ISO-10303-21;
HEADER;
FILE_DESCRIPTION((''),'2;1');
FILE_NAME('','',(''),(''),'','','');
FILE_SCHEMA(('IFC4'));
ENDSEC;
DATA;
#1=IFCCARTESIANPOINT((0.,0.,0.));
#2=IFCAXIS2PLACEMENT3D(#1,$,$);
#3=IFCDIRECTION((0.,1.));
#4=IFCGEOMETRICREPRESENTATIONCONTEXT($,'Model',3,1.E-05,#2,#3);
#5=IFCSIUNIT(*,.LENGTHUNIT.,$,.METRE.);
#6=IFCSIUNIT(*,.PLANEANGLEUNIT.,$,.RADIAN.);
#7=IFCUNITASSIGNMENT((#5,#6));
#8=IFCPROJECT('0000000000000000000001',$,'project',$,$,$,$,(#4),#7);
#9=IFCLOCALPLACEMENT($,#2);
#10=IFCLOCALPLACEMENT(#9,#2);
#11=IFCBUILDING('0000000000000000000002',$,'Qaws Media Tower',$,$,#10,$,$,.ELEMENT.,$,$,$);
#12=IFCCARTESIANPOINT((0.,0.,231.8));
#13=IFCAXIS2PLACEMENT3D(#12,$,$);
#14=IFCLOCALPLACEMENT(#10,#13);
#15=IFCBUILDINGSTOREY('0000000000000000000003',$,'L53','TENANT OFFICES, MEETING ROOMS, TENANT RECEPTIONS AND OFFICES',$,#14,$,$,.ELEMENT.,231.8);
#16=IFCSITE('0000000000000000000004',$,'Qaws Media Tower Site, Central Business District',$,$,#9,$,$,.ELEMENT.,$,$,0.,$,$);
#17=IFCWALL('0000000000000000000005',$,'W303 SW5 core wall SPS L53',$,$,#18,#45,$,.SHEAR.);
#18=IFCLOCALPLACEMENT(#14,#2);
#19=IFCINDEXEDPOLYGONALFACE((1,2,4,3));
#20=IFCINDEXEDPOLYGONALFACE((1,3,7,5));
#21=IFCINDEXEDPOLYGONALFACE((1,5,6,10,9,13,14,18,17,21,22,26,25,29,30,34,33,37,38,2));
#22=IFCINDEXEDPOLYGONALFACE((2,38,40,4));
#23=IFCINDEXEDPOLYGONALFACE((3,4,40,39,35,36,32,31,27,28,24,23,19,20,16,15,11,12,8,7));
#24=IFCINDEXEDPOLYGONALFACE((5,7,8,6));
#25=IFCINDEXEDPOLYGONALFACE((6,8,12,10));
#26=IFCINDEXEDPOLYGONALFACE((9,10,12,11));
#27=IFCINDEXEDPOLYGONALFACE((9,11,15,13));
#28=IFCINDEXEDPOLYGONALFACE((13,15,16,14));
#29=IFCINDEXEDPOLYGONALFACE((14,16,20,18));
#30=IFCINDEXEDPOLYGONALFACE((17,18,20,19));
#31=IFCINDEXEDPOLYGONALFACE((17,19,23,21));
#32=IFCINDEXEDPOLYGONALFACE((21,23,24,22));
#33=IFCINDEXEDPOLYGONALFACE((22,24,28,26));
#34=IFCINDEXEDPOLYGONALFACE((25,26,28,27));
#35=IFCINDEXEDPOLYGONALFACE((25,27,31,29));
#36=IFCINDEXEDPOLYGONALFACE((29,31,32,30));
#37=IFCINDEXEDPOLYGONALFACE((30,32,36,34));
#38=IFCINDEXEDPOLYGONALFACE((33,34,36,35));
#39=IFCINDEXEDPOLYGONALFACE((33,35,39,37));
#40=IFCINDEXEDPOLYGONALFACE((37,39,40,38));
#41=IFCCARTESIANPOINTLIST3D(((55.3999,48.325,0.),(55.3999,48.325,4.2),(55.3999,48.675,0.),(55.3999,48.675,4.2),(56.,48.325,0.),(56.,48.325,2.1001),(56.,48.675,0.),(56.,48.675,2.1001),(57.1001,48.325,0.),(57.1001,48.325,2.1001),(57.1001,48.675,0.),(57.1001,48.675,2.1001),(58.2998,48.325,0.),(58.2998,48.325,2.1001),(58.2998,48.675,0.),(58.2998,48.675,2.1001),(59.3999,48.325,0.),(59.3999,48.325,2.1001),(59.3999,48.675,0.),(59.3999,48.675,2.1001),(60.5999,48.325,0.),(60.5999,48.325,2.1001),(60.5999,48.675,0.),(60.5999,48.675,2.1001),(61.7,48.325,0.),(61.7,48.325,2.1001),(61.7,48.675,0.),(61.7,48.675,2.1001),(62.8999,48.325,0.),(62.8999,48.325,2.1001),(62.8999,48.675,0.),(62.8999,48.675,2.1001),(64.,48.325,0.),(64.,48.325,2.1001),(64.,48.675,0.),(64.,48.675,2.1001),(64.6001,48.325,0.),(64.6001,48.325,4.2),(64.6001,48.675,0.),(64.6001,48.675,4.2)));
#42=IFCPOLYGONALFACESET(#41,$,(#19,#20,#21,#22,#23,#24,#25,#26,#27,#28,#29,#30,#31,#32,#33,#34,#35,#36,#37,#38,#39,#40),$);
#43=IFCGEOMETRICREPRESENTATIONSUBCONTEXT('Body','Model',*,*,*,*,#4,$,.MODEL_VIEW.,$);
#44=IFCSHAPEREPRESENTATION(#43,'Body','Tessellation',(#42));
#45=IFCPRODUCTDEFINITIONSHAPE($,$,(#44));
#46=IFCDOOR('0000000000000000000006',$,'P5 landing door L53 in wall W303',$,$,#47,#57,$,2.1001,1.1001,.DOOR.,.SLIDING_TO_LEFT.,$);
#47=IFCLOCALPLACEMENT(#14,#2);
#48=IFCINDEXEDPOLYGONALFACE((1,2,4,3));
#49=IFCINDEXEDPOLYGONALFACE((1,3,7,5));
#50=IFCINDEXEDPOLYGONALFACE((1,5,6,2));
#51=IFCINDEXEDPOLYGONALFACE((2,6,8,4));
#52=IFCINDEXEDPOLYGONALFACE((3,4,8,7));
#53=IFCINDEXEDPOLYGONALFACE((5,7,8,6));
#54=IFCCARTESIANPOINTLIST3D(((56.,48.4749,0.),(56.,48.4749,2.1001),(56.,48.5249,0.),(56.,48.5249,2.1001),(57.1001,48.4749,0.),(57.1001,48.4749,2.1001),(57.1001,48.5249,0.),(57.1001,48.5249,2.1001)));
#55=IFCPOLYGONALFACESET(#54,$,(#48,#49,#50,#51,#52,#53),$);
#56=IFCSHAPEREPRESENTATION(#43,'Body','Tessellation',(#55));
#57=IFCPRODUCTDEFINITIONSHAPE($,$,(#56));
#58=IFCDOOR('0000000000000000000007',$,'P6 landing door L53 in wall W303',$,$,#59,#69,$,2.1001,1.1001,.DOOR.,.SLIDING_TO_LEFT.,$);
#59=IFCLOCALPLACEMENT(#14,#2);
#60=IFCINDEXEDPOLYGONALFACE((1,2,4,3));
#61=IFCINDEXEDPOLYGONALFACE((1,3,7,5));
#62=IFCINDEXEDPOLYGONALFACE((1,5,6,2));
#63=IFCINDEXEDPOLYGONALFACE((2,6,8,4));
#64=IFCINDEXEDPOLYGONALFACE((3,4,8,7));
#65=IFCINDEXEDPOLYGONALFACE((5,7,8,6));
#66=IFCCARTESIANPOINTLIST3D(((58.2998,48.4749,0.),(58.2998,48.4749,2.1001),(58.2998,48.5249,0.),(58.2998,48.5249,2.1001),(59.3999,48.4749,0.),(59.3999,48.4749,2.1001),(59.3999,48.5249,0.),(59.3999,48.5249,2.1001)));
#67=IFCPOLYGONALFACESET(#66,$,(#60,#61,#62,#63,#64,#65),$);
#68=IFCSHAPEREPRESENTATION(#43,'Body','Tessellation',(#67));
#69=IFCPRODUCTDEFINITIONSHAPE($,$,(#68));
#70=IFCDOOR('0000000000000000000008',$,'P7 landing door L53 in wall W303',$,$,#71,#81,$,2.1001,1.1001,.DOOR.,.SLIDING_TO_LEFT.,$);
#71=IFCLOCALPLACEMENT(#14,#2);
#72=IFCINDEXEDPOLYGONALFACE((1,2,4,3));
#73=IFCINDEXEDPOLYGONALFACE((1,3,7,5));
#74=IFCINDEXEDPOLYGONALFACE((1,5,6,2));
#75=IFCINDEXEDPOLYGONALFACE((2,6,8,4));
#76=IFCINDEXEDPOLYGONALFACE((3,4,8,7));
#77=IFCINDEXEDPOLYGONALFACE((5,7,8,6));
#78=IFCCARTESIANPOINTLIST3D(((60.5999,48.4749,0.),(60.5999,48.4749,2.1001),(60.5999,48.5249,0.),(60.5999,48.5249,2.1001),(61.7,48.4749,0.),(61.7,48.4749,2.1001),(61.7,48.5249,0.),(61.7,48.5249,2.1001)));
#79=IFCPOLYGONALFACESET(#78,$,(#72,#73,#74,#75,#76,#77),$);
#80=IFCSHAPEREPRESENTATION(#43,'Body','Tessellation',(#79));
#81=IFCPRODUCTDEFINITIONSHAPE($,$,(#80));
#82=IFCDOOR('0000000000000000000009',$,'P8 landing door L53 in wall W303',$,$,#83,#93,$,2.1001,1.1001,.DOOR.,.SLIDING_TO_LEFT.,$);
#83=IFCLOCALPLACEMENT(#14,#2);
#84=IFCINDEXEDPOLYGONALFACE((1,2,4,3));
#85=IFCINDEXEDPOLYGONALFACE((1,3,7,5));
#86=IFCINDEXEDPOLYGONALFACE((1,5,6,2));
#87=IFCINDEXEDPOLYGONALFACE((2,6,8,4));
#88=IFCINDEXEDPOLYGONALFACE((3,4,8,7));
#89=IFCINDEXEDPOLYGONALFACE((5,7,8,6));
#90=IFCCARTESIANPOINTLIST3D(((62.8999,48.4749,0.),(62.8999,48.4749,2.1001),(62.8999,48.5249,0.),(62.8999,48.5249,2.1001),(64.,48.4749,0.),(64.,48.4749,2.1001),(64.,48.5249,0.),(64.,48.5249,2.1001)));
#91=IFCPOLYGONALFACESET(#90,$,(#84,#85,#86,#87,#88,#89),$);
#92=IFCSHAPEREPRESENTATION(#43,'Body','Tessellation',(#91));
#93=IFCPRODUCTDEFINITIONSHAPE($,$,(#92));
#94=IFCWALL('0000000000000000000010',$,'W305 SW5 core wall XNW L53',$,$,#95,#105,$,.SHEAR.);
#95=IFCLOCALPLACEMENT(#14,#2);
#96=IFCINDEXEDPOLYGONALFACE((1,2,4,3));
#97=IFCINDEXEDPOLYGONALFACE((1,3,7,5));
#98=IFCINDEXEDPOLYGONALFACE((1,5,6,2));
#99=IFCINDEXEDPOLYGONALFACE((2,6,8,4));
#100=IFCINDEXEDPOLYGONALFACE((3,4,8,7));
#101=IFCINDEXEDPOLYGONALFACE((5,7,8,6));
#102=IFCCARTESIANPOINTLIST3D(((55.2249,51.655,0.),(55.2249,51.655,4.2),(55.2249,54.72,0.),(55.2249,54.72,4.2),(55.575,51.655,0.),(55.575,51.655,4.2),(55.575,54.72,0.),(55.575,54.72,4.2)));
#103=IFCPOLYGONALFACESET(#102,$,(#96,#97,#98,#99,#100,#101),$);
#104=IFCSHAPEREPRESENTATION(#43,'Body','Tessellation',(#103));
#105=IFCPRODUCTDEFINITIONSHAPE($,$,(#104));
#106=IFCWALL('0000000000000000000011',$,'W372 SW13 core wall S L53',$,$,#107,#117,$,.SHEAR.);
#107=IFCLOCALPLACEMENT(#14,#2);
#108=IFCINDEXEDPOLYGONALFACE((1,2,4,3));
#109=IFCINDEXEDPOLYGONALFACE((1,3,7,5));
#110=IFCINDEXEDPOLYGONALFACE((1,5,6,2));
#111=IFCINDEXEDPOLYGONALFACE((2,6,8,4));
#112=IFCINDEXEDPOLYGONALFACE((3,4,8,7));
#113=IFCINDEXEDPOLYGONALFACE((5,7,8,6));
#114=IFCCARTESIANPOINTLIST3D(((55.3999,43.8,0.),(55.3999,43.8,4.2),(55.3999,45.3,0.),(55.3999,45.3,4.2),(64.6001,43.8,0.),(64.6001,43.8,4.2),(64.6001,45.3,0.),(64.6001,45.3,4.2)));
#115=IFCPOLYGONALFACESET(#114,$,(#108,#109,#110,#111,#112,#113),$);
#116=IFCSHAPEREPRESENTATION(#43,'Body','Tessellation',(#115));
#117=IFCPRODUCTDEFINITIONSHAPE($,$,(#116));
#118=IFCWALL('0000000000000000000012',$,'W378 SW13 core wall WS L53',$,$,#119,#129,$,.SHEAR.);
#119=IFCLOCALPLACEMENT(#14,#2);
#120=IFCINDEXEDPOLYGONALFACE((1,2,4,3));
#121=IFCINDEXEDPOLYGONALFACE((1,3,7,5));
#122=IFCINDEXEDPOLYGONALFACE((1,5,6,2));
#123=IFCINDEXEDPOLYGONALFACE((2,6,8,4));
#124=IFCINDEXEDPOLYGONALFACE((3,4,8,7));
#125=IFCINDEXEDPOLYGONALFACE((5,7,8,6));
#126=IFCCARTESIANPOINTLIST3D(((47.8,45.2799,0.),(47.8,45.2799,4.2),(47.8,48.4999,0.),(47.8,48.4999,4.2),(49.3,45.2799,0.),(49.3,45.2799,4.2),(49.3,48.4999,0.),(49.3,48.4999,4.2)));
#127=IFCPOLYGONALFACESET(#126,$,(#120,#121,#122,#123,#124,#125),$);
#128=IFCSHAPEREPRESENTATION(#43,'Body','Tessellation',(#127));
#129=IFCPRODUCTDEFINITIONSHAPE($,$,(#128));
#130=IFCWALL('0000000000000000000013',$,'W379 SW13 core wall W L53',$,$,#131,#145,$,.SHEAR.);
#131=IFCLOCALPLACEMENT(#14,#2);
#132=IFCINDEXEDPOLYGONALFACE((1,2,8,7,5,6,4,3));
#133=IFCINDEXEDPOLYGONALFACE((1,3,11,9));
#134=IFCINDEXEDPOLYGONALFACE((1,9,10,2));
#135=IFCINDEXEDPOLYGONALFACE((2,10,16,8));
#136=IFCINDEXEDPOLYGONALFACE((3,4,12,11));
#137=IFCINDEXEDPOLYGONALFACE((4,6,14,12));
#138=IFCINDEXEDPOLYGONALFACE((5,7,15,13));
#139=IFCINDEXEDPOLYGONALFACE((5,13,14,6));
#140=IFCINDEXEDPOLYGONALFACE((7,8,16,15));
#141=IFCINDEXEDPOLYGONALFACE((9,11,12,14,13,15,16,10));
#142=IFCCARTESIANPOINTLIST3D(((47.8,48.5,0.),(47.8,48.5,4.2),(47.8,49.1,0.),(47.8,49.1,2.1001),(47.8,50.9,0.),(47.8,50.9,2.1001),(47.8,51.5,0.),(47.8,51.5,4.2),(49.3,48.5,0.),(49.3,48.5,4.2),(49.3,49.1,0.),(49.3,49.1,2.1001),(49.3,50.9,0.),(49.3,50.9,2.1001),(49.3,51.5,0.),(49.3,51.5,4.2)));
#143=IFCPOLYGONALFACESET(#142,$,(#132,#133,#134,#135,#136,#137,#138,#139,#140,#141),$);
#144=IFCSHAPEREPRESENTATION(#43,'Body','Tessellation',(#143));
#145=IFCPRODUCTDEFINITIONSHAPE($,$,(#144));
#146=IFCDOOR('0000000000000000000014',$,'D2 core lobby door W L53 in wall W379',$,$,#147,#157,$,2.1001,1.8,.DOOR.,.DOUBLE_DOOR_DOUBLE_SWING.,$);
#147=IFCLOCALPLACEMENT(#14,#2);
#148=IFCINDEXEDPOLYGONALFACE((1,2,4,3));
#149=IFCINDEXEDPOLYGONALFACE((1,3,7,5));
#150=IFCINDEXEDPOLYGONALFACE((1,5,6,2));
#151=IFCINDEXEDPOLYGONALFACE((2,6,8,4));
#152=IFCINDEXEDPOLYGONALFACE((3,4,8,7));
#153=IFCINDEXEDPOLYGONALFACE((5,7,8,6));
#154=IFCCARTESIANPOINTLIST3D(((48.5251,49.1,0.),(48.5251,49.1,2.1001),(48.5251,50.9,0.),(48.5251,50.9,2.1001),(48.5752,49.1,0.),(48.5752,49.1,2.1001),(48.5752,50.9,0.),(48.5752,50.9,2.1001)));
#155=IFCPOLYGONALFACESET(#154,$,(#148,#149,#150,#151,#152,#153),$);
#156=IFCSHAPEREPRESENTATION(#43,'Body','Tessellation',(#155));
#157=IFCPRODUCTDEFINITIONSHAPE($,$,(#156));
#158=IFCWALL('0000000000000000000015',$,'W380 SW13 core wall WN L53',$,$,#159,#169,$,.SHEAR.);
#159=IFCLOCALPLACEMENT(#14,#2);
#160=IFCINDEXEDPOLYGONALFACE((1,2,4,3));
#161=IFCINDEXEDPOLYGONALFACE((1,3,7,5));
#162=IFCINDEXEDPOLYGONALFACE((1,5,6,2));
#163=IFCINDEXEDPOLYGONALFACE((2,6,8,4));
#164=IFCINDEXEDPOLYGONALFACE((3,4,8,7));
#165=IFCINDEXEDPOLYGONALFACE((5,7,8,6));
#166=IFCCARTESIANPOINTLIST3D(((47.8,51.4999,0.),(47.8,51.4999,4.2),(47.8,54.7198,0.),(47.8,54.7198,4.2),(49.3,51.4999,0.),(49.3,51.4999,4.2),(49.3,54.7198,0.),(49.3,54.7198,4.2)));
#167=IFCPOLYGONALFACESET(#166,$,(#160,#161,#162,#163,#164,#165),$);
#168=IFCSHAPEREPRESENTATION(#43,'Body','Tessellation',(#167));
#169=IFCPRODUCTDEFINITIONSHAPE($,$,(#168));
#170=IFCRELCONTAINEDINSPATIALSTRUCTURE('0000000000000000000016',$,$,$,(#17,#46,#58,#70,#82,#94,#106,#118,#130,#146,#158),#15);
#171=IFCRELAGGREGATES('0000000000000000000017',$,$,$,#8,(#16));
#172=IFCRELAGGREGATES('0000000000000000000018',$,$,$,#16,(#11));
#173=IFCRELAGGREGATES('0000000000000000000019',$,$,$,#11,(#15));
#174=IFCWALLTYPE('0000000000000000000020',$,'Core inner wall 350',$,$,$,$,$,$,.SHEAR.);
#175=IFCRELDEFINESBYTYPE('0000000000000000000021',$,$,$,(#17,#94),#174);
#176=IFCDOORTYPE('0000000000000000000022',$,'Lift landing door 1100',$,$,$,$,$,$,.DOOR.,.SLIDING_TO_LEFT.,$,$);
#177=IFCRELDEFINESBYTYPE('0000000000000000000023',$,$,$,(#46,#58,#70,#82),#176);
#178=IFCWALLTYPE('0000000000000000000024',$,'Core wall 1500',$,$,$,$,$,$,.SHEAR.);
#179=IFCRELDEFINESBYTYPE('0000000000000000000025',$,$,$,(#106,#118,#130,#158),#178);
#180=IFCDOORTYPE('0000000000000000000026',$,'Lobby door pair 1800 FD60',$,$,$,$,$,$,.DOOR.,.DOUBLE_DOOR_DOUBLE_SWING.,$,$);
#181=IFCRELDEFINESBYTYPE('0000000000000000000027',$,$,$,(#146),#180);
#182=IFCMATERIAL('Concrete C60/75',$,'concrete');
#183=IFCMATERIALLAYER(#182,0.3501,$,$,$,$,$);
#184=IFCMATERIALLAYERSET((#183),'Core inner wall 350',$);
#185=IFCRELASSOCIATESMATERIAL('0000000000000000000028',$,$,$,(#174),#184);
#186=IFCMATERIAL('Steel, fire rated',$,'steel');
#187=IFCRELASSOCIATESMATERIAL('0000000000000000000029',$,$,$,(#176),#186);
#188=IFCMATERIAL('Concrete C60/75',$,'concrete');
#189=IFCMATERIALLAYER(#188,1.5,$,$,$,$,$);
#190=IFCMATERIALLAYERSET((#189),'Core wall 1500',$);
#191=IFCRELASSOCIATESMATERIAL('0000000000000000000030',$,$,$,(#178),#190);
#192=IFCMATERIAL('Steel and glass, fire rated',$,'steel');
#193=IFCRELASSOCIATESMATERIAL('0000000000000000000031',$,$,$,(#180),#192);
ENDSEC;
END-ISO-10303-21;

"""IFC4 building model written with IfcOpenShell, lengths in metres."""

from ifc_helpers import new_model, si_unit, direction, frame, frame_2d, origin, place, context, subcontext, project, spatial, rectangle, extrude, material, layer, layer_set, type_object, element, fill, save


model = new_model("IFC4")

# Units and contexts
model_context = context("Model", 3, precision=1e-05, world=origin(), true_north=direction((0.0, 1.0)))
body_context = subcontext(model_context, "Body", "Model", "MODEL_VIEW")
ifc_project = project(units=[si_unit("LENGTHUNIT", "METRE"), si_unit("PLANEANGLEUNIT", "RADIAN")], contexts=[model_context])

# Site, building, storey
site_placement = place(None, origin())
site = spatial("IfcSite", under=ifc_project, at=site_placement, Name="Qaws Media Tower Site, Central Business District", CompositionType="ELEMENT", RefElevation=0.0)
building_placement = place(site_placement, origin())
building = spatial("IfcBuilding", under=site, at=building_placement, Name="Qaws Media Tower", CompositionType="ELEMENT")
storey_placement = place(building_placement, frame((0.0, 0.0, 231.8)))
storey = spatial("IfcBuildingStorey", under=building, at=storey_placement, Name="L53", Description="TENANT OFFICES, MEETING ROOMS, TENANT RECEPTIONS AND OFFICES", CompositionType="ELEMENT", Elevation=231.8)

# Shared definitions
ifc_material_1 = material(Name="Concrete C60/75", Category="concrete")
ifc_layer_1 = layer(ifc_material_1, 0.3501)
ifc_layer_set_1 = layer_set([ifc_layer_1], Name="Core inner wall 350")
wall_type_1 = type_object("IfcWallType", Name="Core inner wall 350", PredefinedType="SHEAR", material=ifc_layer_set_1)

# Wall, openings, doors
wall_1_placement = place(storey_placement, frame((55.3999, 48.5, 0.0), z_axis=(0.0, 0.0, 1.0), x_axis=(1.0, 0.0, 0.0)))
wall_1 = element("IfcWall", 1, at=wall_1_placement, inside=storey, type_object=wall_type_1, Name="W303 SW5 core wall SPS L53", PredefinedType="SHEAR", context=body_context, shape_type="SweptSolid", body=[
    extrude(rectangle(XDim=9.2002, YDim=0.3501, at=frame_2d((4.6001, 0.0))), origin(), (0.0, 0.0, 1.0), 4.2),
])
opening_1_placement = place(wall_1_placement, frame((0.6001, 0.0, 0.0)))
opening_1 = element("IfcOpeningElement", 2, at=opening_1_placement, cuts=wall_1, PredefinedType="OPENING", context=body_context, shape_type="SweptSolid", body=[
    extrude(rectangle(XDim=1.1001, YDim=2.1001, at=frame_2d((0.55, 1.05))), frame((0.0, 0.1851, 0.0), z_axis=(0.0, -1.0, 0.0), x_axis=(1.0, 0.0, 0.0)), (0.0, 0.0, 1.0), 0.3701),
])
opening_2_placement = place(wall_1_placement, frame((2.8999, 0.0, 0.0)))
opening_2 = element("IfcOpeningElement", 3, at=opening_2_placement, cuts=wall_1, PredefinedType="OPENING", context=body_context, shape_type="SweptSolid", body=[
    extrude(rectangle(XDim=1.1001, YDim=2.1001, at=frame_2d((0.55, 1.05))), frame((0.0, 0.1851, 0.0), z_axis=(0.0, -1.0, 0.0), x_axis=(1.0, 0.0, 0.0)), (0.0, 0.0, 1.0), 0.3701),
])
opening_3_placement = place(wall_1_placement, frame((5.2, 0.0, 0.0)))
opening_3 = element("IfcOpeningElement", 4, at=opening_3_placement, cuts=wall_1, PredefinedType="OPENING", context=body_context, shape_type="SweptSolid", body=[
    extrude(rectangle(XDim=1.1001, YDim=2.1001, at=frame_2d((0.55, 1.05))), frame((0.0, 0.1851, 0.0), z_axis=(0.0, -1.0, 0.0), x_axis=(1.0, 0.0, 0.0)), (0.0, 0.0, 1.0), 0.3701),
])
opening_4_placement = place(wall_1_placement, frame((7.5, 0.0, 0.0)))
opening_4 = element("IfcOpeningElement", 5, at=opening_4_placement, cuts=wall_1, PredefinedType="OPENING", context=body_context, shape_type="SweptSolid", body=[
    extrude(rectangle(XDim=1.1001, YDim=2.1001, at=frame_2d((0.55, 1.05))), frame((0.0, 0.1851, 0.0), z_axis=(0.0, -1.0, 0.0), x_axis=(1.0, 0.0, 0.0)), (0.0, 0.0, 1.0), 0.3701),
])
ifc_material_2 = material(Name="Steel, fire rated", Category="steel")
door_type_1 = type_object("IfcDoorType", Name="Lift landing door 1100", OperationType="SLIDING_TO_LEFT", PredefinedType="DOOR", material=ifc_material_2)
door_1_placement = place(opening_1_placement, origin())
door_1 = element("IfcDoor", 6, at=door_1_placement, inside=storey, type_object=door_type_1, Name="P5 landing door L53 in wall W303", OperationType="SLIDING_TO_LEFT", OverallHeight=2.1001, OverallWidth=1.1001, PredefinedType="DOOR", context=body_context, shape_type="SweptSolid", body=[
    extrude(rectangle(XDim=1.1001, YDim=2.1001, at=frame_2d((0.55, 1.05))), frame((0.0, 0.0249, 0.0), z_axis=(0.0, -1.0, 0.0), x_axis=(1.0, 0.0, 0.0)), (0.0, 0.0, 1.0), 0.05),
])
fill(opening_1, door_1)
door_2_placement = place(opening_2_placement, origin())
door_2 = element("IfcDoor", 7, at=door_2_placement, inside=storey, type_object=door_type_1, Name="P6 landing door L53 in wall W303", OperationType="SLIDING_TO_LEFT", OverallHeight=2.1001, OverallWidth=1.1001, PredefinedType="DOOR", context=body_context, shape_type="SweptSolid", body=[
    extrude(rectangle(XDim=1.1001, YDim=2.1001, at=frame_2d((0.55, 1.05))), frame((0.0, 0.0249, 0.0), z_axis=(0.0, -1.0, 0.0), x_axis=(1.0, 0.0, 0.0)), (0.0, 0.0, 1.0), 0.05),
])
fill(opening_2, door_2)
door_3_placement = place(opening_3_placement, origin())
door_3 = element("IfcDoor", 8, at=door_3_placement, inside=storey, type_object=door_type_1, Name="P7 landing door L53 in wall W303", OperationType="SLIDING_TO_LEFT", OverallHeight=2.1001, OverallWidth=1.1001, PredefinedType="DOOR", context=body_context, shape_type="SweptSolid", body=[
    extrude(rectangle(XDim=1.1001, YDim=2.1001, at=frame_2d((0.55, 1.05))), frame((0.0, 0.0249, 0.0), z_axis=(0.0, -1.0, 0.0), x_axis=(1.0, 0.0, 0.0)), (0.0, 0.0, 1.0), 0.05),
])
fill(opening_3, door_3)
door_4_placement = place(opening_4_placement, origin())
door_4 = element("IfcDoor", 9, at=door_4_placement, inside=storey, type_object=door_type_1, Name="P8 landing door L53 in wall W303", OperationType="SLIDING_TO_LEFT", OverallHeight=2.1001, OverallWidth=1.1001, PredefinedType="DOOR", context=body_context, shape_type="SweptSolid", body=[
    extrude(rectangle(XDim=1.1001, YDim=2.1001, at=frame_2d((0.55, 1.05))), frame((0.0, 0.0249, 0.0), z_axis=(0.0, -1.0, 0.0), x_axis=(1.0, 0.0, 0.0)), (0.0, 0.0, 1.0), 0.05),
])
fill(opening_4, door_4)

# Walls
wall_2_placement = place(storey_placement, frame((55.3999, 51.655, 0.0), z_axis=(0.0, 0.0, 1.0), x_axis=(0.0, 1.0, 0.0)))
element("IfcWall", 10, at=wall_2_placement, inside=storey, type_object=wall_type_1, Name="W305 SW5 core wall XNW L53", PredefinedType="SHEAR", context=body_context, shape_type="SweptSolid", body=[
    extrude(rectangle(XDim=3.0649, YDim=0.3501, at=frame_2d((1.5325, 0.0))), origin(), (0.0, 0.0, 1.0), 4.2),
])
ifc_material_3 = material(Name="Concrete C60/75", Category="concrete")
ifc_layer_2 = layer(ifc_material_3, 1.5)
ifc_layer_set_2 = layer_set([ifc_layer_2], Name="Core wall 1500")
wall_type_2 = type_object("IfcWallType", Name="Core wall 1500", PredefinedType="SHEAR", material=ifc_layer_set_2)
wall_3_placement = place(storey_placement, frame((55.3999, 44.55, 0.0), z_axis=(0.0, 0.0, 1.0), x_axis=(1.0, 0.0, 0.0)))
element("IfcWall", 11, at=wall_3_placement, inside=storey, type_object=wall_type_2, Name="W372 SW13 core wall S L53", PredefinedType="SHEAR", context=body_context, shape_type="SweptSolid", body=[
    extrude(rectangle(XDim=9.2002, YDim=1.5, at=frame_2d((4.6001, 0.0))), origin(), (0.0, 0.0, 1.0), 4.2),
])
wall_4_placement = place(storey_placement, frame((48.55, 45.28, 0.0), z_axis=(0.0, 0.0, 1.0), x_axis=(0.0, 1.0, 0.0)))
element("IfcWall", 12, at=wall_4_placement, inside=storey, type_object=wall_type_2, Name="W378 SW13 core wall WS L53", PredefinedType="SHEAR", context=body_context, shape_type="SweptSolid", body=[
    extrude(rectangle(XDim=3.22, YDim=1.5, at=frame_2d((1.6099, 0.0))), origin(), (0.0, 0.0, 1.0), 4.2),
])

# Wall, opening, door
wall_5_placement = place(storey_placement, frame((48.55, 48.5, 0.0), z_axis=(0.0, 0.0, 1.0), x_axis=(0.0, 1.0, 0.0)))
wall_5 = element("IfcWall", 13, at=wall_5_placement, inside=storey, type_object=wall_type_2, Name="W379 SW13 core wall W L53", PredefinedType="SHEAR", context=body_context, shape_type="SweptSolid", body=[
    extrude(rectangle(XDim=3.0, YDim=1.5, at=frame_2d((1.5, 0.0))), origin(), (0.0, 0.0, 1.0), 4.2),
])
opening_5_placement = place(wall_5_placement, frame((0.6001, 0.0, 0.0)))
opening_5 = element("IfcOpeningElement", 14, at=opening_5_placement, cuts=wall_5, PredefinedType="OPENING", context=body_context, shape_type="SweptSolid", body=[
    extrude(rectangle(XDim=1.8, YDim=2.1001, at=frame_2d((0.8999, 1.05))), frame((0.0, 0.76, 0.0), z_axis=(0.0, -1.0, 0.0), x_axis=(1.0, 0.0, 0.0)), (0.0, 0.0, 1.0), 1.52),
])
ifc_material_4 = material(Name="Steel and glass, fire rated", Category="steel")
door_type_2 = type_object("IfcDoorType", Name="Lobby door pair 1800 FD60", OperationType="DOUBLE_DOOR_DOUBLE_SWING", PredefinedType="DOOR", material=ifc_material_4)
door_5_placement = place(opening_5_placement, origin())
door_5 = element("IfcDoor", 15, at=door_5_placement, inside=storey, type_object=door_type_2, Name="D2 core lobby door W L53 in wall W379", OperationType="DOUBLE_DOOR_DOUBLE_SWING", OverallHeight=2.1001, OverallWidth=1.8, PredefinedType="DOOR", context=body_context, shape_type="SweptSolid", body=[
    extrude(rectangle(XDim=1.8, YDim=2.1001, at=frame_2d((0.8999, 1.05))), frame((0.0, 0.0249, 0.0), z_axis=(0.0, -1.0, 0.0), x_axis=(1.0, 0.0, 0.0)), (0.0, 0.0, 1.0), 0.05),
])
fill(opening_5, door_5)

# Wall
wall_6_placement = place(storey_placement, frame((48.55, 51.5, 0.0), z_axis=(0.0, 0.0, 1.0), x_axis=(0.0, 1.0, 0.0)))
element("IfcWall", 16, at=wall_6_placement, inside=storey, type_object=wall_type_2, Name="W380 SW13 core wall WN L53", PredefinedType="SHEAR", context=body_context, shape_type="SweptSolid", body=[
    extrude(rectangle(XDim=3.22, YDim=1.5, at=frame_2d((1.6099, 0.0))), origin(), (0.0, 0.0, 1.0), 4.2),
])

save(model, "model.ifc")
